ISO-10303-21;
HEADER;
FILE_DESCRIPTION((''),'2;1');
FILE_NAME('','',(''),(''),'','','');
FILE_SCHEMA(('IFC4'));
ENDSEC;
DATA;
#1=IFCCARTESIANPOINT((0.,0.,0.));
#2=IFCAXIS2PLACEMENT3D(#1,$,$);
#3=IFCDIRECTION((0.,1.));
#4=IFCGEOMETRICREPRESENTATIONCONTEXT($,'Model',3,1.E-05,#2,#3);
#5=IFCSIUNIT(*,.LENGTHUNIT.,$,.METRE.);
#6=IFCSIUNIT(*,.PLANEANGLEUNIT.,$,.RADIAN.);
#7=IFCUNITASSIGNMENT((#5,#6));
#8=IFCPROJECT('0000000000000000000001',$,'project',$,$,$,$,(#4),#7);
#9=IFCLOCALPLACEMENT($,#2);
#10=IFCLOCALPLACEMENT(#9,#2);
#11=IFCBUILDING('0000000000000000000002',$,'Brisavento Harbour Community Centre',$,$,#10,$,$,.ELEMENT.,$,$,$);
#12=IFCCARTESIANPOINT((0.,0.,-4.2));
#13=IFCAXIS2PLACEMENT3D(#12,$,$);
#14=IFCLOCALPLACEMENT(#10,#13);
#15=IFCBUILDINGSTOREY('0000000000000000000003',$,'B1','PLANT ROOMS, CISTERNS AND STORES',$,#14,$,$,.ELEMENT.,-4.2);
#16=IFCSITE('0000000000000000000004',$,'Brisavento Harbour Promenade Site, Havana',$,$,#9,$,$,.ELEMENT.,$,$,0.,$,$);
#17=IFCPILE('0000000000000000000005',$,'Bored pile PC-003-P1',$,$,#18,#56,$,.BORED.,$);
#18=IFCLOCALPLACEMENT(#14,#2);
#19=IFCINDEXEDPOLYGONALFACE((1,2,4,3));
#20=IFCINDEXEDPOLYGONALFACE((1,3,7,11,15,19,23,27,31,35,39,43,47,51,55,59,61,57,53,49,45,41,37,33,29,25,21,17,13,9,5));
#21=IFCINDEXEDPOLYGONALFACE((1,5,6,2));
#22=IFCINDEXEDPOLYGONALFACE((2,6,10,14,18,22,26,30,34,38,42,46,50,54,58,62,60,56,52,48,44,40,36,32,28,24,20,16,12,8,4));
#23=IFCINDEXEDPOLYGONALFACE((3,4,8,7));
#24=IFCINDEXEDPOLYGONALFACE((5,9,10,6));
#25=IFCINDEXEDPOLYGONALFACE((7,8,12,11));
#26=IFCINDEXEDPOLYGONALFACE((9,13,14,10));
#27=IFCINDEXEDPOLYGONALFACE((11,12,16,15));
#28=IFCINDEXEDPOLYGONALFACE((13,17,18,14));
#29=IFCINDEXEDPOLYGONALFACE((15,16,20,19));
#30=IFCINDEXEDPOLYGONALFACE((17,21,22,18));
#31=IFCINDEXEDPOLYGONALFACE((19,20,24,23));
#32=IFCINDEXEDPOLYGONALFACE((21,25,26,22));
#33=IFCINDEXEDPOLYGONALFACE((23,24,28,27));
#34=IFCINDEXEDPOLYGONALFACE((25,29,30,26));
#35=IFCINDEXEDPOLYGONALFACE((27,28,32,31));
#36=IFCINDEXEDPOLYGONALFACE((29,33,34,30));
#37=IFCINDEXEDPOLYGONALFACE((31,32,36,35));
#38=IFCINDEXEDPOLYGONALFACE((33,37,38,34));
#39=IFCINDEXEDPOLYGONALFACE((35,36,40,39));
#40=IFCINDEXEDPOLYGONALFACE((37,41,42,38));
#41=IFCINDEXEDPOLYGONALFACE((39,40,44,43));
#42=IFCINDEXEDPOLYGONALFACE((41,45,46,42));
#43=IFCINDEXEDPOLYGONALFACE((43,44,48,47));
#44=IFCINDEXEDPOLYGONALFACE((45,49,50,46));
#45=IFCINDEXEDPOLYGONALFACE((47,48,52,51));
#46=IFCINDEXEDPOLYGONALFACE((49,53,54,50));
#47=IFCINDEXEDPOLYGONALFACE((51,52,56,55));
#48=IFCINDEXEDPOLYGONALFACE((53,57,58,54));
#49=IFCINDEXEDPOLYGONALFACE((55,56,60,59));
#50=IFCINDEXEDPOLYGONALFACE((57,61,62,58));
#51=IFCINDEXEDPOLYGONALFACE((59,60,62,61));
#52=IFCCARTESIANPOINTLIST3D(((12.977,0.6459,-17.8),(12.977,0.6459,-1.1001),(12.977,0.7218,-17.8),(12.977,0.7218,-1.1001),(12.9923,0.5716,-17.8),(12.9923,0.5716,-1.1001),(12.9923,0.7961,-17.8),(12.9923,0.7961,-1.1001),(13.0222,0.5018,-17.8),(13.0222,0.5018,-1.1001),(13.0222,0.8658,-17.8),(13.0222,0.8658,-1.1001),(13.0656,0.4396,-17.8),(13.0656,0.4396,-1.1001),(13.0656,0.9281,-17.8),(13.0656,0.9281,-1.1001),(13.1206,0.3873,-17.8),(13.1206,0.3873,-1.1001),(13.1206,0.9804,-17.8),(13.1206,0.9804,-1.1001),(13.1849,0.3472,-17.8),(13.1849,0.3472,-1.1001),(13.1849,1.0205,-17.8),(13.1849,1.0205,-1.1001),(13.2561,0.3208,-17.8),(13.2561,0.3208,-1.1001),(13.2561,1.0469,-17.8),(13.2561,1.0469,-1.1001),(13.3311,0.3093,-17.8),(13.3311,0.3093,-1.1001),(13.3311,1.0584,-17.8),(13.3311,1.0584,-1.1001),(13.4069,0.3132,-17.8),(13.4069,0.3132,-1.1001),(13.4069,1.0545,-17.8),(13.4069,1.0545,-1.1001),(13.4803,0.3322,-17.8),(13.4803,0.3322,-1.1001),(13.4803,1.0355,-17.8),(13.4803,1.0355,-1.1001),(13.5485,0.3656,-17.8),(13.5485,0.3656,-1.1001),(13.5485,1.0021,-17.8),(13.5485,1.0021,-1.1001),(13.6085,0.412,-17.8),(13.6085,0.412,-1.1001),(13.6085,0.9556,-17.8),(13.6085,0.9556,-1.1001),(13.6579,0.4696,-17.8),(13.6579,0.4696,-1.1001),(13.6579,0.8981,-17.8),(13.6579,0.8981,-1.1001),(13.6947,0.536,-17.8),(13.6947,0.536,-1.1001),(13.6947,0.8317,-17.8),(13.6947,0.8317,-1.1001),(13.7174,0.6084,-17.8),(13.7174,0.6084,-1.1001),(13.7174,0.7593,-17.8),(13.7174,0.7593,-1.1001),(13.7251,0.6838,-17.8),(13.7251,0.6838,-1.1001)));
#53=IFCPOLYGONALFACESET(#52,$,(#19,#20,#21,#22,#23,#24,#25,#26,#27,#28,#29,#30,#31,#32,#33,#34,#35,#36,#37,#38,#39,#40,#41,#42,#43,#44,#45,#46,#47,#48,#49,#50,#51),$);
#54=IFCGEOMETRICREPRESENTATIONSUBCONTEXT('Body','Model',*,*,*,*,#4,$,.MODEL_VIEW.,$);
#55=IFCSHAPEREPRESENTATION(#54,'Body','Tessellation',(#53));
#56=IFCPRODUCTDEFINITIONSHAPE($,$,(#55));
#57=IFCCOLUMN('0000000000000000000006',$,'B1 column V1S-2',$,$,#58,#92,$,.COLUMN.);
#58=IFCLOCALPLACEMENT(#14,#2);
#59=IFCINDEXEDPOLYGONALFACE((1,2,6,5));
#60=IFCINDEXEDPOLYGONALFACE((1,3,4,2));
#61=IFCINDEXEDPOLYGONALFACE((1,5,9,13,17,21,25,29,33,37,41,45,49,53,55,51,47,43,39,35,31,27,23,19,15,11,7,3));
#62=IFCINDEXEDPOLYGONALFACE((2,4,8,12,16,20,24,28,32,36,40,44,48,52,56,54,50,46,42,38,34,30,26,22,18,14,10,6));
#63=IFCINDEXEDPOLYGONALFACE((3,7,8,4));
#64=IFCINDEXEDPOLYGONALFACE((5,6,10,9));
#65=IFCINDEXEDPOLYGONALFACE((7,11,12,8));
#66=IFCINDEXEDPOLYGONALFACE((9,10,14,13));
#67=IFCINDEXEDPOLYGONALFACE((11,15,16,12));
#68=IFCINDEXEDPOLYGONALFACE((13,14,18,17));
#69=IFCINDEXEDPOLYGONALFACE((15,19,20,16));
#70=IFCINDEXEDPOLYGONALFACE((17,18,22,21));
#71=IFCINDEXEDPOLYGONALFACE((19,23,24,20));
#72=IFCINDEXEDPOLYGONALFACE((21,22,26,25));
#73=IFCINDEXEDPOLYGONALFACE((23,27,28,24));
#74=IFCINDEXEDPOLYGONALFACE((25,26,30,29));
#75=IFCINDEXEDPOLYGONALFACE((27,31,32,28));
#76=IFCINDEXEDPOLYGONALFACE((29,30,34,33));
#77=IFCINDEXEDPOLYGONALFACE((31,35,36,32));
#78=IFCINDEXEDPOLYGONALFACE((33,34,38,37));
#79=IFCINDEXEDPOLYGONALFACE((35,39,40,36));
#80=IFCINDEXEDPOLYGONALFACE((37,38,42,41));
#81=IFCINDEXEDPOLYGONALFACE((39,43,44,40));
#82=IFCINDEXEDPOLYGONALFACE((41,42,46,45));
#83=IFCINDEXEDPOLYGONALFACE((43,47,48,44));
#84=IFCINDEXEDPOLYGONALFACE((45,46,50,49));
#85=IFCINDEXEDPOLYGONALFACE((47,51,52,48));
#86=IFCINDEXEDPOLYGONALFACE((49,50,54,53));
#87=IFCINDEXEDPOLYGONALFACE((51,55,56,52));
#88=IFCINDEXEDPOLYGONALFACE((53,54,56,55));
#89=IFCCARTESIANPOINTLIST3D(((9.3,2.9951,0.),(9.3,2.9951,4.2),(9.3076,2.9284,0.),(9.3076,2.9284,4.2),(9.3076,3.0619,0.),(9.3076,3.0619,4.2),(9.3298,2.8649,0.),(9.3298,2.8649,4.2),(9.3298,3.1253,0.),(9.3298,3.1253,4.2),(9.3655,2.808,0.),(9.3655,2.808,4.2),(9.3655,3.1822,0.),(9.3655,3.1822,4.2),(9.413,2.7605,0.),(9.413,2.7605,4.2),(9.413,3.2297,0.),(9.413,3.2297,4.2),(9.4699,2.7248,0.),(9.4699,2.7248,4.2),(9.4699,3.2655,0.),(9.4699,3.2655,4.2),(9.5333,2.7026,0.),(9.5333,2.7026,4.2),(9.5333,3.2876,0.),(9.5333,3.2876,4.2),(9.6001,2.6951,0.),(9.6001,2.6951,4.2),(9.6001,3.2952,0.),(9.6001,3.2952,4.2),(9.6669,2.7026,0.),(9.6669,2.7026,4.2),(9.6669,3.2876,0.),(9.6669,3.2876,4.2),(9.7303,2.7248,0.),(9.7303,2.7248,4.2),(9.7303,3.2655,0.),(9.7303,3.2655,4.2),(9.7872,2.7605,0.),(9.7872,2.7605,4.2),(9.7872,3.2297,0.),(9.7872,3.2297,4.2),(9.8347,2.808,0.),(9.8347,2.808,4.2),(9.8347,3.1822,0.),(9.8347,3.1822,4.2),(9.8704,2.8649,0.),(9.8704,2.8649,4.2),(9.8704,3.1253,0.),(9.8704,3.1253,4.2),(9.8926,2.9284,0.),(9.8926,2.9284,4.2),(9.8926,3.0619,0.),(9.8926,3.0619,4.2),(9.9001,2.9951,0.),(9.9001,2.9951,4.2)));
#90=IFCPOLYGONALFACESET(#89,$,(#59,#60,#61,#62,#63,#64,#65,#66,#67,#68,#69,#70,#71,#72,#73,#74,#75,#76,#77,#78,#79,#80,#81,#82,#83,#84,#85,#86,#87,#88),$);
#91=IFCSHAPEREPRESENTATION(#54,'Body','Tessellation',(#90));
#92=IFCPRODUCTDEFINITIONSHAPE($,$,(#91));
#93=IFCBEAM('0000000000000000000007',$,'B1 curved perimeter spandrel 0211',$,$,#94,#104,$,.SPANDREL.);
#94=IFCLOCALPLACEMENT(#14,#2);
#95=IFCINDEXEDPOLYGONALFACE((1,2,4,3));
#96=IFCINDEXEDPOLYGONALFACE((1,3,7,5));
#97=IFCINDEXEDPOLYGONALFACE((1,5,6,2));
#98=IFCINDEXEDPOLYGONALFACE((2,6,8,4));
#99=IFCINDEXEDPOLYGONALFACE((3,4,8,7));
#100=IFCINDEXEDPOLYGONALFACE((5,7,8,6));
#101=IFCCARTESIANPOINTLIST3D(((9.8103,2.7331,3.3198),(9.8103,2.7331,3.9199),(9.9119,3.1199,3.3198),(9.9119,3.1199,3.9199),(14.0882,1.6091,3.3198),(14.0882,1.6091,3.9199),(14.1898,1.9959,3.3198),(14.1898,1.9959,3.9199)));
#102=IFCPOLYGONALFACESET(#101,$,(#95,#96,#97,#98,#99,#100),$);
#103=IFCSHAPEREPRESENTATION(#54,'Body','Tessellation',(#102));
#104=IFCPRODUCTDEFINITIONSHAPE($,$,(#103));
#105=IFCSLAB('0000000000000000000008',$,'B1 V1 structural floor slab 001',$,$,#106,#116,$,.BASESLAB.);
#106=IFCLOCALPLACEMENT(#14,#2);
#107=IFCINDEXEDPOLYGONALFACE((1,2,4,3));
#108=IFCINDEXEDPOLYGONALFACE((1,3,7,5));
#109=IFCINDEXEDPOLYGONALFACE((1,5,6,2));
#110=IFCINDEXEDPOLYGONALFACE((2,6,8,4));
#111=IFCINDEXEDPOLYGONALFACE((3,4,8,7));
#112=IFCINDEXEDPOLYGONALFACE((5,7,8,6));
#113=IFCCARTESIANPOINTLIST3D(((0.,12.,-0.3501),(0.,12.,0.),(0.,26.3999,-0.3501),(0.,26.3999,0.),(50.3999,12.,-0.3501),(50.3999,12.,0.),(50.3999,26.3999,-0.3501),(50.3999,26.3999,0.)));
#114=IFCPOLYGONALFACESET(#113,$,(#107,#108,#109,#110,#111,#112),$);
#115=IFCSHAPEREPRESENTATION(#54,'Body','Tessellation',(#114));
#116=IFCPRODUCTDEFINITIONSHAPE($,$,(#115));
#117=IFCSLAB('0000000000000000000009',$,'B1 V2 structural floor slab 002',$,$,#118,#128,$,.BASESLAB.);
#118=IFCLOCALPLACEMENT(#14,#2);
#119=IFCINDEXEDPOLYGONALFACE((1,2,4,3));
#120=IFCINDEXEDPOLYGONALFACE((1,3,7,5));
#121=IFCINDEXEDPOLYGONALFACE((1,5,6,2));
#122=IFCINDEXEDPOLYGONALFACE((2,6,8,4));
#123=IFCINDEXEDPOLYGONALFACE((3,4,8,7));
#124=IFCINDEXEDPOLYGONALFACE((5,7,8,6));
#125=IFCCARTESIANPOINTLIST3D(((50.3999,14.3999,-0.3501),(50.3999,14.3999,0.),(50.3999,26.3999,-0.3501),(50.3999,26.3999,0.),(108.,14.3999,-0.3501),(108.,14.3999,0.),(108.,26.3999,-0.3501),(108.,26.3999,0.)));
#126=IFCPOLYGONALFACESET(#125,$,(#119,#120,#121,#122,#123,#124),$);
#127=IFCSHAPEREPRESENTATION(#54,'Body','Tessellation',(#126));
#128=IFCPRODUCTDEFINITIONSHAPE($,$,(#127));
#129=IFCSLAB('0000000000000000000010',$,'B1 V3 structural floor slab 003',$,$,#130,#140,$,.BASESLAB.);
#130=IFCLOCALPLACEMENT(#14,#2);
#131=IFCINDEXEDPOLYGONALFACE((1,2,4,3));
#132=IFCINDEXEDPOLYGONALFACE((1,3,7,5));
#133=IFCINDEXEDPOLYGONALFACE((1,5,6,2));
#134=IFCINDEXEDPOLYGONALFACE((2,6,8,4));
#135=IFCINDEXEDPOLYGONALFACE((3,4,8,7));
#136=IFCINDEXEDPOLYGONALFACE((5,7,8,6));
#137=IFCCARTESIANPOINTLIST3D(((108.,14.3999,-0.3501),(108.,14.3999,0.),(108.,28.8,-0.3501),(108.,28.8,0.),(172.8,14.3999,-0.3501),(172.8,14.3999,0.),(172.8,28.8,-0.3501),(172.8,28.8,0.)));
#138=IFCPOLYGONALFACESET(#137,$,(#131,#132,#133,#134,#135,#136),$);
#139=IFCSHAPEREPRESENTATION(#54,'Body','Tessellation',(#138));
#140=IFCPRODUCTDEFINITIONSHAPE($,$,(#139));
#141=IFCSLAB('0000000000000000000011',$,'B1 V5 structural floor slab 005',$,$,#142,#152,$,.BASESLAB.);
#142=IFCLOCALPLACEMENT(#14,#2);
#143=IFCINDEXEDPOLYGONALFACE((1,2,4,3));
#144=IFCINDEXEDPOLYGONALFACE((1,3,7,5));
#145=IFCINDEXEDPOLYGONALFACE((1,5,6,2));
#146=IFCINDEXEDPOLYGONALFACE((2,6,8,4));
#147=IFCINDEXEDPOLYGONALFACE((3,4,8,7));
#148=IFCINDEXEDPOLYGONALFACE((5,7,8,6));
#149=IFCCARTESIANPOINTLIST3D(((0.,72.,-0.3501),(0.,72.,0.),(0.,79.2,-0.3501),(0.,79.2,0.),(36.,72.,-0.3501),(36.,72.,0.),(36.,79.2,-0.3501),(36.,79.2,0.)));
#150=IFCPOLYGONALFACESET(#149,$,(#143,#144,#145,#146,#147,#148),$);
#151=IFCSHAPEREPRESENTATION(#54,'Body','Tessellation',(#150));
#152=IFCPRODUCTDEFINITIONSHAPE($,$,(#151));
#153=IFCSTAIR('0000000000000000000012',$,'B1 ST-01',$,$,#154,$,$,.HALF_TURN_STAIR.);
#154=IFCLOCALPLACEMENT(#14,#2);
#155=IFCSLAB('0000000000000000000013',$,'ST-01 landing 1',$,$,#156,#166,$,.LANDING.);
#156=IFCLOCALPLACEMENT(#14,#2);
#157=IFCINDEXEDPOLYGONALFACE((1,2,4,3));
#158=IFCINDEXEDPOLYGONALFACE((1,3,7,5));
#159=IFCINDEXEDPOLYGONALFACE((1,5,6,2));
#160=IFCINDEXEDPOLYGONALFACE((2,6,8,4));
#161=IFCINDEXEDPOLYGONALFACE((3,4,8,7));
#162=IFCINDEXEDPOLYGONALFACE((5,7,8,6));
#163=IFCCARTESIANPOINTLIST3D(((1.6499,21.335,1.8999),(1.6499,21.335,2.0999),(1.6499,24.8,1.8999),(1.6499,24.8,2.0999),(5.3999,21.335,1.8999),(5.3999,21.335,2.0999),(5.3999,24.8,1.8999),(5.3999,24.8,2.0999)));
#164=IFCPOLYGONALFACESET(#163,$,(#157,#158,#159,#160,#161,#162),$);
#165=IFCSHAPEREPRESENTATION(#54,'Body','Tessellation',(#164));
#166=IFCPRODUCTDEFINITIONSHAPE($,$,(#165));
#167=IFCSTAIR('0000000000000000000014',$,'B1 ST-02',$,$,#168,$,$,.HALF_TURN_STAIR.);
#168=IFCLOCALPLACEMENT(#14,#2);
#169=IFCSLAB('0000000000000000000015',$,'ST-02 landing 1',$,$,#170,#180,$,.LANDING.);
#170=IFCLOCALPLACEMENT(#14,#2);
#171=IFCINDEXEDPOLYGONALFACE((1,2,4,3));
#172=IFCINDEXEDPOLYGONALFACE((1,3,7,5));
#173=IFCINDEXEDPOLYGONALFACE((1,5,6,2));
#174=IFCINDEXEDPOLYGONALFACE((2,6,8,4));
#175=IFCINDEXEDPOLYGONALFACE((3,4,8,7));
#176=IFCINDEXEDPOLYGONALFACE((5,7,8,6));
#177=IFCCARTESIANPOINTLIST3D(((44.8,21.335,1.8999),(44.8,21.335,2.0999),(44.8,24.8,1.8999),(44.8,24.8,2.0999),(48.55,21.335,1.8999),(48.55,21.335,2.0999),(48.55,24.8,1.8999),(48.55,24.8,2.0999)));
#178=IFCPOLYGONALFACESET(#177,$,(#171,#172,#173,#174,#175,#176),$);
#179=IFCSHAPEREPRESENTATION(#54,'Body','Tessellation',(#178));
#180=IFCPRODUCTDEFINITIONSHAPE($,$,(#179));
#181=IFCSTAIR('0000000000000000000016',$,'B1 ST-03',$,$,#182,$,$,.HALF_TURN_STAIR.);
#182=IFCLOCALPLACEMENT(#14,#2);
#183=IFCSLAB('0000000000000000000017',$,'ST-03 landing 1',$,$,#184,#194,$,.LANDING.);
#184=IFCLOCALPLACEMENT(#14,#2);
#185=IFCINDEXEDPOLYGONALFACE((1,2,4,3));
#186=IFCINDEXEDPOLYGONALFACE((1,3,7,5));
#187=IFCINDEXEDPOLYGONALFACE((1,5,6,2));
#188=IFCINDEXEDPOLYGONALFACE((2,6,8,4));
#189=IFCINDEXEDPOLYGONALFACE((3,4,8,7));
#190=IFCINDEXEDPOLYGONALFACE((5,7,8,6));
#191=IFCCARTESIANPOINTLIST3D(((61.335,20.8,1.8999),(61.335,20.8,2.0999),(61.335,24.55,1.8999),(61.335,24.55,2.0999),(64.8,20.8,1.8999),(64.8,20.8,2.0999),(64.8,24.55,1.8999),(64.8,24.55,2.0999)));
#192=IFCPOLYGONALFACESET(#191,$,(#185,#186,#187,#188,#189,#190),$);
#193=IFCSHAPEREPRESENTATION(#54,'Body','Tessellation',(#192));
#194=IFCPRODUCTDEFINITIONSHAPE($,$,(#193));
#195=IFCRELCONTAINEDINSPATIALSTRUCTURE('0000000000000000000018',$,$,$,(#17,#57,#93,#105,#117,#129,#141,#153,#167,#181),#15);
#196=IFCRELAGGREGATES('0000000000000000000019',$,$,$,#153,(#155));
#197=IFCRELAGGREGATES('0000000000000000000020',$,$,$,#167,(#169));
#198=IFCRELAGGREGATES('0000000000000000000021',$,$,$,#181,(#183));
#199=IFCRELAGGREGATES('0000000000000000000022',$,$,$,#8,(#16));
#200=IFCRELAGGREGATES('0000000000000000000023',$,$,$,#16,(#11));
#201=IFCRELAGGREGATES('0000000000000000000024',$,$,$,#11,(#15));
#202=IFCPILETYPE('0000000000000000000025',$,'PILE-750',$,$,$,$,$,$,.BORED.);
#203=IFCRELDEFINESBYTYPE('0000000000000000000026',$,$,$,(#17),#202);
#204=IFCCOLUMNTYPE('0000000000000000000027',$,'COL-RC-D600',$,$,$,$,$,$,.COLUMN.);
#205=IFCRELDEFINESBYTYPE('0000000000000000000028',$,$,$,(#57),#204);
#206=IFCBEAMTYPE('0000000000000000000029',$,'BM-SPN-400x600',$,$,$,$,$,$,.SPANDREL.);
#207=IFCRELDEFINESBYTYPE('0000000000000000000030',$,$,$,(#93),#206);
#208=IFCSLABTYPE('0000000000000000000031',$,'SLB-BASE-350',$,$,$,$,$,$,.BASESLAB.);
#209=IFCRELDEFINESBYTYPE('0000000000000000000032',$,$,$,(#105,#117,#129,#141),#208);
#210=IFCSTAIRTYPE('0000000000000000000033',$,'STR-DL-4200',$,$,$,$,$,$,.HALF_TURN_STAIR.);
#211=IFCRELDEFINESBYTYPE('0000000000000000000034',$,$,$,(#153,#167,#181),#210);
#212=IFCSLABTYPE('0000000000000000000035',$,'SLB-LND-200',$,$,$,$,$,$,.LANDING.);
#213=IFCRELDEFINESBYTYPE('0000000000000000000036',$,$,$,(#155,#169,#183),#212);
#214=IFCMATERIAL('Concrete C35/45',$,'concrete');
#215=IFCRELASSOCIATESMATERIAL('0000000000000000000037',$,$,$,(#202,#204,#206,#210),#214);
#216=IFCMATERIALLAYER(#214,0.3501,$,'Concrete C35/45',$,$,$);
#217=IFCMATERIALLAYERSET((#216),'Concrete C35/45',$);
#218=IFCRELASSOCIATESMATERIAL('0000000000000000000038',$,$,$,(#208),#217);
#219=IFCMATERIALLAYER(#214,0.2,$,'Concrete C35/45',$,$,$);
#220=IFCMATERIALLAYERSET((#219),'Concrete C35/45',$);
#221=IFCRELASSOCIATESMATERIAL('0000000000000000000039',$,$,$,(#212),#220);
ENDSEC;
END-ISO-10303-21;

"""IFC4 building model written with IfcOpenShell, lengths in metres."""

from ifc_helpers import new_model, si_unit, direction, frame, origin, origin_2d, place, context, subcontext, project, spatial, polyline, rectangle, circle, outline, extrude, material, layer, layer_set, material_profile, profile_set, type_object, element, aggregate, save


model = new_model("IFC4")

# Units and contexts
model_context = context("Model", 3, precision=1e-05, world=origin(), true_north=direction((0.0, 1.0)))
body_context = subcontext(model_context, "Body", "Model", "MODEL_VIEW")
ifc_project = project(units=[si_unit("LENGTHUNIT", "METRE"), si_unit("PLANEANGLEUNIT", "RADIAN")], contexts=[model_context])

# Site, building, storey
site_placement = place(None, origin())
site = spatial("IfcSite", under=ifc_project, at=site_placement, Name="Brisavento Harbour Promenade Site, Havana", CompositionType="ELEMENT", RefElevation=0.0)
building_placement = place(site_placement, origin())
building = spatial("IfcBuilding", under=site, at=building_placement, Name="Brisavento Harbour Community Centre", CompositionType="ELEMENT")
storey_placement = place(building_placement, frame((0.0, 0.0, -4.2)))
storey = spatial("IfcBuildingStorey", under=building, at=storey_placement, Name="B1", Description="PLANT ROOMS, CISTERNS AND STORES", CompositionType="ELEMENT", Elevation=-4.2)

# Shared definitions
ifc_material_1 = material(Name="Concrete C35/45", Category="concrete")

# Pile
ifc_material_profile_1 = material_profile(ifc_material_1, circle(Radius=0.375, at=origin_2d()), Name="Concrete C35/45")
ifc_profile_set_1 = profile_set([ifc_material_profile_1], Name="Concrete C35/45")
pile_type = type_object("IfcPileType", Name="PILE-750", PredefinedType="BORED", material=ifc_profile_set_1)
for number, where, z_axis, x_axis, name in (
    (1, (13.3501, 0.6838, -1.1001), (0.0, 0.0, -1.0), (1.0, 0.0, 0.0), "Bored pile PC-003-P1"),
):
    element("IfcPile", number, at=place(storey_placement, frame(where, z_axis=z_axis, x_axis=x_axis)), inside=storey, type_object=pile_type, Name=name, PredefinedType="BORED", context=body_context, shape_type="SweptSolid", body=[
        extrude(circle(Radius=0.375, at=origin_2d()), origin(), (0.0, 0.0, 1.0), 16.7),
    ])

# Column
ifc_material_profile_2 = material_profile(ifc_material_1, circle(Radius=0.3, at=origin_2d()), Name="Concrete C35/45")
ifc_profile_set_2 = profile_set([ifc_material_profile_2], Name="Concrete C35/45")
column_type = type_object("IfcColumnType", Name="COL-RC-D600", PredefinedType="COLUMN", material=ifc_profile_set_2)
column_placement = place(storey_placement, frame((9.6001, 2.9951, 0.0), z_axis=(0.0, 0.0, 1.0), x_axis=(1.0, 0.0, 0.0)))
element("IfcColumn", 2, at=column_placement, inside=storey, type_object=column_type, Name="B1 column V1S-2", PredefinedType="COLUMN", context=body_context, shape_type="SweptSolid", body=[
    extrude(circle(Radius=0.3, at=origin_2d()), origin(), (0.0, 0.0, 1.0), 4.2),
])

# Beam
ifc_material_profile_3 = material_profile(ifc_material_1, rectangle(XDim=0.3999, YDim=0.6001, at=origin_2d()), Name="Concrete C35/45")
ifc_profile_set_3 = profile_set([ifc_material_profile_3], Name="Concrete C35/45")
beam_type = type_object("IfcBeamType", Name="BM-SPN-400x600", PredefinedType="SPANDREL", material=ifc_profile_set_3)
beam_placement = place(storey_placement, frame((9.8611, 2.9265, 3.6199), z_axis=(0.96717, -0.254129, 0.0), x_axis=(0.254129, 0.96717, 0.0)))
element("IfcBeam", 3, at=beam_placement, inside=storey, type_object=beam_type, Name="B1 curved perimeter spandrel 0211", PredefinedType="SPANDREL", context=body_context, shape_type="SweptSolid", body=[
    extrude(rectangle(XDim=0.3999, YDim=0.6001, at=origin_2d()), origin(), (0.0, 0.0, 1.0), 4.4231),
])

# Slabs
ifc_layer_1 = layer(ifc_material_1, 0.3501, Name="Concrete C35/45")
ifc_layer_set_1 = layer_set([ifc_layer_1], Name="Concrete C35/45")
slab_type_1 = type_object("IfcSlabType", Name="SLB-BASE-350", PredefinedType="BASESLAB", material=ifc_layer_set_1)
slab_1_placement = place(storey_placement, frame((0.0, 0.0, -0.3501)))
element("IfcSlab", 4, at=slab_1_placement, inside=storey, type_object=slab_type_1, Name="B1 V1 structural floor slab 001", PredefinedType="BASESLAB", context=body_context, shape_type="SweptSolid", body=[
    extrude(outline(polyline([(0.0, 12.0), (50.3999, 12.0), (50.3999, 26.3999), (0.0, 26.3999), (0.0, 12.0)])), origin(), (0.0, 0.0, 1.0), 0.3501),
])
slab_2_placement = place(storey_placement, frame((0.0, 0.0, -0.3501)))
element("IfcSlab", 5, at=slab_2_placement, inside=storey, type_object=slab_type_1, Name="B1 V2 structural floor slab 002", PredefinedType="BASESLAB", context=body_context, shape_type="SweptSolid", body=[
    extrude(outline(polyline([(50.3999, 14.3999), (108.0, 14.3999), (108.0, 26.3999), (50.3999, 26.3999), (50.3999, 14.3999)])), origin(), (0.0, 0.0, 1.0), 0.3501),
])
slab_3_placement = place(storey_placement, frame((0.0, 0.0, -0.3501)))
element("IfcSlab", 6, at=slab_3_placement, inside=storey, type_object=slab_type_1, Name="B1 V3 structural floor slab 003", PredefinedType="BASESLAB", context=body_context, shape_type="SweptSolid", body=[
    extrude(outline(polyline([(108.0, 14.3999), (172.8, 14.3999), (172.8, 28.8), (108.0, 28.8), (108.0, 14.3999)])), origin(), (0.0, 0.0, 1.0), 0.3501),
])
slab_4_placement = place(storey_placement, frame((0.0, 0.0, -0.3501)))
element("IfcSlab", 7, at=slab_4_placement, inside=storey, type_object=slab_type_1, Name="B1 V5 structural floor slab 005", PredefinedType="BASESLAB", context=body_context, shape_type="SweptSolid", body=[
    extrude(outline(polyline([(0.0, 72.0), (36.0, 72.0), (36.0, 79.2), (0.0, 79.2), (0.0, 72.0)])), origin(), (0.0, 0.0, 1.0), 0.3501),
])

# Stairs, slabs
stair_type = type_object("IfcStairType", Name="STR-DL-4200", PredefinedType="HALF_TURN_STAIR", material=ifc_material_1)
stair_1_placement = place(storey_placement, origin())
stair_1 = element("IfcStair", 8, at=stair_1_placement, inside=storey, type_object=stair_type, Name="B1 ST-01", PredefinedType="HALF_TURN_STAIR")
ifc_layer_2 = layer(ifc_material_1, 0.2, Name="Concrete C35/45")
ifc_layer_set_2 = layer_set([ifc_layer_2], Name="Concrete C35/45")
slab_type_2 = type_object("IfcSlabType", Name="SLB-LND-200", PredefinedType="LANDING", material=ifc_layer_set_2)
slab_5_placement = place(storey_placement, frame((0.0, 0.0, 1.8999)))
slab_5 = element("IfcSlab", 9, at=slab_5_placement, type_object=slab_type_2, Name="ST-01 landing 1", PredefinedType="LANDING", context=body_context, shape_type="SweptSolid", body=[
    extrude(outline(polyline([(5.3999, 21.335), (5.3999, 24.8), (1.6499, 24.8), (1.6499, 21.335), (5.3999, 21.335)])), origin(), (0.0, 0.0, 1.0), 0.2),
])
aggregate(stair_1, [slab_5])
stair_2_placement = place(storey_placement, origin())
stair_2 = element("IfcStair", 10, at=stair_2_placement, inside=storey, type_object=stair_type, Name="B1 ST-02", PredefinedType="HALF_TURN_STAIR")
slab_6_placement = place(storey_placement, frame((0.0, 0.0, 1.8999)))
slab_6 = element("IfcSlab", 11, at=slab_6_placement, type_object=slab_type_2, Name="ST-02 landing 1", PredefinedType="LANDING", context=body_context, shape_type="SweptSolid", body=[
    extrude(outline(polyline([(48.55, 21.335), (48.55, 24.8), (44.8, 24.8), (44.8, 21.335), (48.55, 21.335)])), origin(), (0.0, 0.0, 1.0), 0.2),
])
aggregate(stair_2, [slab_6])
stair_3_placement = place(storey_placement, origin())
stair_3 = element("IfcStair", 12, at=stair_3_placement, inside=storey, type_object=stair_type, Name="B1 ST-03", PredefinedType="HALF_TURN_STAIR")
slab_7_placement = place(storey_placement, frame((0.0, 0.0, 1.8999)))
slab_7 = element("IfcSlab", 13, at=slab_7_placement, type_object=slab_type_2, Name="ST-03 landing 1", PredefinedType="LANDING", context=body_context, shape_type="SweptSolid", body=[
    extrude(outline(polyline([(61.335, 20.8), (64.8, 20.8), (64.8, 24.55), (61.335, 24.55), (61.335, 20.8)])), origin(), (0.0, 0.0, 1.0), 0.2),
])
aggregate(stair_3, [slab_7])

save(model, "model.ifc")
